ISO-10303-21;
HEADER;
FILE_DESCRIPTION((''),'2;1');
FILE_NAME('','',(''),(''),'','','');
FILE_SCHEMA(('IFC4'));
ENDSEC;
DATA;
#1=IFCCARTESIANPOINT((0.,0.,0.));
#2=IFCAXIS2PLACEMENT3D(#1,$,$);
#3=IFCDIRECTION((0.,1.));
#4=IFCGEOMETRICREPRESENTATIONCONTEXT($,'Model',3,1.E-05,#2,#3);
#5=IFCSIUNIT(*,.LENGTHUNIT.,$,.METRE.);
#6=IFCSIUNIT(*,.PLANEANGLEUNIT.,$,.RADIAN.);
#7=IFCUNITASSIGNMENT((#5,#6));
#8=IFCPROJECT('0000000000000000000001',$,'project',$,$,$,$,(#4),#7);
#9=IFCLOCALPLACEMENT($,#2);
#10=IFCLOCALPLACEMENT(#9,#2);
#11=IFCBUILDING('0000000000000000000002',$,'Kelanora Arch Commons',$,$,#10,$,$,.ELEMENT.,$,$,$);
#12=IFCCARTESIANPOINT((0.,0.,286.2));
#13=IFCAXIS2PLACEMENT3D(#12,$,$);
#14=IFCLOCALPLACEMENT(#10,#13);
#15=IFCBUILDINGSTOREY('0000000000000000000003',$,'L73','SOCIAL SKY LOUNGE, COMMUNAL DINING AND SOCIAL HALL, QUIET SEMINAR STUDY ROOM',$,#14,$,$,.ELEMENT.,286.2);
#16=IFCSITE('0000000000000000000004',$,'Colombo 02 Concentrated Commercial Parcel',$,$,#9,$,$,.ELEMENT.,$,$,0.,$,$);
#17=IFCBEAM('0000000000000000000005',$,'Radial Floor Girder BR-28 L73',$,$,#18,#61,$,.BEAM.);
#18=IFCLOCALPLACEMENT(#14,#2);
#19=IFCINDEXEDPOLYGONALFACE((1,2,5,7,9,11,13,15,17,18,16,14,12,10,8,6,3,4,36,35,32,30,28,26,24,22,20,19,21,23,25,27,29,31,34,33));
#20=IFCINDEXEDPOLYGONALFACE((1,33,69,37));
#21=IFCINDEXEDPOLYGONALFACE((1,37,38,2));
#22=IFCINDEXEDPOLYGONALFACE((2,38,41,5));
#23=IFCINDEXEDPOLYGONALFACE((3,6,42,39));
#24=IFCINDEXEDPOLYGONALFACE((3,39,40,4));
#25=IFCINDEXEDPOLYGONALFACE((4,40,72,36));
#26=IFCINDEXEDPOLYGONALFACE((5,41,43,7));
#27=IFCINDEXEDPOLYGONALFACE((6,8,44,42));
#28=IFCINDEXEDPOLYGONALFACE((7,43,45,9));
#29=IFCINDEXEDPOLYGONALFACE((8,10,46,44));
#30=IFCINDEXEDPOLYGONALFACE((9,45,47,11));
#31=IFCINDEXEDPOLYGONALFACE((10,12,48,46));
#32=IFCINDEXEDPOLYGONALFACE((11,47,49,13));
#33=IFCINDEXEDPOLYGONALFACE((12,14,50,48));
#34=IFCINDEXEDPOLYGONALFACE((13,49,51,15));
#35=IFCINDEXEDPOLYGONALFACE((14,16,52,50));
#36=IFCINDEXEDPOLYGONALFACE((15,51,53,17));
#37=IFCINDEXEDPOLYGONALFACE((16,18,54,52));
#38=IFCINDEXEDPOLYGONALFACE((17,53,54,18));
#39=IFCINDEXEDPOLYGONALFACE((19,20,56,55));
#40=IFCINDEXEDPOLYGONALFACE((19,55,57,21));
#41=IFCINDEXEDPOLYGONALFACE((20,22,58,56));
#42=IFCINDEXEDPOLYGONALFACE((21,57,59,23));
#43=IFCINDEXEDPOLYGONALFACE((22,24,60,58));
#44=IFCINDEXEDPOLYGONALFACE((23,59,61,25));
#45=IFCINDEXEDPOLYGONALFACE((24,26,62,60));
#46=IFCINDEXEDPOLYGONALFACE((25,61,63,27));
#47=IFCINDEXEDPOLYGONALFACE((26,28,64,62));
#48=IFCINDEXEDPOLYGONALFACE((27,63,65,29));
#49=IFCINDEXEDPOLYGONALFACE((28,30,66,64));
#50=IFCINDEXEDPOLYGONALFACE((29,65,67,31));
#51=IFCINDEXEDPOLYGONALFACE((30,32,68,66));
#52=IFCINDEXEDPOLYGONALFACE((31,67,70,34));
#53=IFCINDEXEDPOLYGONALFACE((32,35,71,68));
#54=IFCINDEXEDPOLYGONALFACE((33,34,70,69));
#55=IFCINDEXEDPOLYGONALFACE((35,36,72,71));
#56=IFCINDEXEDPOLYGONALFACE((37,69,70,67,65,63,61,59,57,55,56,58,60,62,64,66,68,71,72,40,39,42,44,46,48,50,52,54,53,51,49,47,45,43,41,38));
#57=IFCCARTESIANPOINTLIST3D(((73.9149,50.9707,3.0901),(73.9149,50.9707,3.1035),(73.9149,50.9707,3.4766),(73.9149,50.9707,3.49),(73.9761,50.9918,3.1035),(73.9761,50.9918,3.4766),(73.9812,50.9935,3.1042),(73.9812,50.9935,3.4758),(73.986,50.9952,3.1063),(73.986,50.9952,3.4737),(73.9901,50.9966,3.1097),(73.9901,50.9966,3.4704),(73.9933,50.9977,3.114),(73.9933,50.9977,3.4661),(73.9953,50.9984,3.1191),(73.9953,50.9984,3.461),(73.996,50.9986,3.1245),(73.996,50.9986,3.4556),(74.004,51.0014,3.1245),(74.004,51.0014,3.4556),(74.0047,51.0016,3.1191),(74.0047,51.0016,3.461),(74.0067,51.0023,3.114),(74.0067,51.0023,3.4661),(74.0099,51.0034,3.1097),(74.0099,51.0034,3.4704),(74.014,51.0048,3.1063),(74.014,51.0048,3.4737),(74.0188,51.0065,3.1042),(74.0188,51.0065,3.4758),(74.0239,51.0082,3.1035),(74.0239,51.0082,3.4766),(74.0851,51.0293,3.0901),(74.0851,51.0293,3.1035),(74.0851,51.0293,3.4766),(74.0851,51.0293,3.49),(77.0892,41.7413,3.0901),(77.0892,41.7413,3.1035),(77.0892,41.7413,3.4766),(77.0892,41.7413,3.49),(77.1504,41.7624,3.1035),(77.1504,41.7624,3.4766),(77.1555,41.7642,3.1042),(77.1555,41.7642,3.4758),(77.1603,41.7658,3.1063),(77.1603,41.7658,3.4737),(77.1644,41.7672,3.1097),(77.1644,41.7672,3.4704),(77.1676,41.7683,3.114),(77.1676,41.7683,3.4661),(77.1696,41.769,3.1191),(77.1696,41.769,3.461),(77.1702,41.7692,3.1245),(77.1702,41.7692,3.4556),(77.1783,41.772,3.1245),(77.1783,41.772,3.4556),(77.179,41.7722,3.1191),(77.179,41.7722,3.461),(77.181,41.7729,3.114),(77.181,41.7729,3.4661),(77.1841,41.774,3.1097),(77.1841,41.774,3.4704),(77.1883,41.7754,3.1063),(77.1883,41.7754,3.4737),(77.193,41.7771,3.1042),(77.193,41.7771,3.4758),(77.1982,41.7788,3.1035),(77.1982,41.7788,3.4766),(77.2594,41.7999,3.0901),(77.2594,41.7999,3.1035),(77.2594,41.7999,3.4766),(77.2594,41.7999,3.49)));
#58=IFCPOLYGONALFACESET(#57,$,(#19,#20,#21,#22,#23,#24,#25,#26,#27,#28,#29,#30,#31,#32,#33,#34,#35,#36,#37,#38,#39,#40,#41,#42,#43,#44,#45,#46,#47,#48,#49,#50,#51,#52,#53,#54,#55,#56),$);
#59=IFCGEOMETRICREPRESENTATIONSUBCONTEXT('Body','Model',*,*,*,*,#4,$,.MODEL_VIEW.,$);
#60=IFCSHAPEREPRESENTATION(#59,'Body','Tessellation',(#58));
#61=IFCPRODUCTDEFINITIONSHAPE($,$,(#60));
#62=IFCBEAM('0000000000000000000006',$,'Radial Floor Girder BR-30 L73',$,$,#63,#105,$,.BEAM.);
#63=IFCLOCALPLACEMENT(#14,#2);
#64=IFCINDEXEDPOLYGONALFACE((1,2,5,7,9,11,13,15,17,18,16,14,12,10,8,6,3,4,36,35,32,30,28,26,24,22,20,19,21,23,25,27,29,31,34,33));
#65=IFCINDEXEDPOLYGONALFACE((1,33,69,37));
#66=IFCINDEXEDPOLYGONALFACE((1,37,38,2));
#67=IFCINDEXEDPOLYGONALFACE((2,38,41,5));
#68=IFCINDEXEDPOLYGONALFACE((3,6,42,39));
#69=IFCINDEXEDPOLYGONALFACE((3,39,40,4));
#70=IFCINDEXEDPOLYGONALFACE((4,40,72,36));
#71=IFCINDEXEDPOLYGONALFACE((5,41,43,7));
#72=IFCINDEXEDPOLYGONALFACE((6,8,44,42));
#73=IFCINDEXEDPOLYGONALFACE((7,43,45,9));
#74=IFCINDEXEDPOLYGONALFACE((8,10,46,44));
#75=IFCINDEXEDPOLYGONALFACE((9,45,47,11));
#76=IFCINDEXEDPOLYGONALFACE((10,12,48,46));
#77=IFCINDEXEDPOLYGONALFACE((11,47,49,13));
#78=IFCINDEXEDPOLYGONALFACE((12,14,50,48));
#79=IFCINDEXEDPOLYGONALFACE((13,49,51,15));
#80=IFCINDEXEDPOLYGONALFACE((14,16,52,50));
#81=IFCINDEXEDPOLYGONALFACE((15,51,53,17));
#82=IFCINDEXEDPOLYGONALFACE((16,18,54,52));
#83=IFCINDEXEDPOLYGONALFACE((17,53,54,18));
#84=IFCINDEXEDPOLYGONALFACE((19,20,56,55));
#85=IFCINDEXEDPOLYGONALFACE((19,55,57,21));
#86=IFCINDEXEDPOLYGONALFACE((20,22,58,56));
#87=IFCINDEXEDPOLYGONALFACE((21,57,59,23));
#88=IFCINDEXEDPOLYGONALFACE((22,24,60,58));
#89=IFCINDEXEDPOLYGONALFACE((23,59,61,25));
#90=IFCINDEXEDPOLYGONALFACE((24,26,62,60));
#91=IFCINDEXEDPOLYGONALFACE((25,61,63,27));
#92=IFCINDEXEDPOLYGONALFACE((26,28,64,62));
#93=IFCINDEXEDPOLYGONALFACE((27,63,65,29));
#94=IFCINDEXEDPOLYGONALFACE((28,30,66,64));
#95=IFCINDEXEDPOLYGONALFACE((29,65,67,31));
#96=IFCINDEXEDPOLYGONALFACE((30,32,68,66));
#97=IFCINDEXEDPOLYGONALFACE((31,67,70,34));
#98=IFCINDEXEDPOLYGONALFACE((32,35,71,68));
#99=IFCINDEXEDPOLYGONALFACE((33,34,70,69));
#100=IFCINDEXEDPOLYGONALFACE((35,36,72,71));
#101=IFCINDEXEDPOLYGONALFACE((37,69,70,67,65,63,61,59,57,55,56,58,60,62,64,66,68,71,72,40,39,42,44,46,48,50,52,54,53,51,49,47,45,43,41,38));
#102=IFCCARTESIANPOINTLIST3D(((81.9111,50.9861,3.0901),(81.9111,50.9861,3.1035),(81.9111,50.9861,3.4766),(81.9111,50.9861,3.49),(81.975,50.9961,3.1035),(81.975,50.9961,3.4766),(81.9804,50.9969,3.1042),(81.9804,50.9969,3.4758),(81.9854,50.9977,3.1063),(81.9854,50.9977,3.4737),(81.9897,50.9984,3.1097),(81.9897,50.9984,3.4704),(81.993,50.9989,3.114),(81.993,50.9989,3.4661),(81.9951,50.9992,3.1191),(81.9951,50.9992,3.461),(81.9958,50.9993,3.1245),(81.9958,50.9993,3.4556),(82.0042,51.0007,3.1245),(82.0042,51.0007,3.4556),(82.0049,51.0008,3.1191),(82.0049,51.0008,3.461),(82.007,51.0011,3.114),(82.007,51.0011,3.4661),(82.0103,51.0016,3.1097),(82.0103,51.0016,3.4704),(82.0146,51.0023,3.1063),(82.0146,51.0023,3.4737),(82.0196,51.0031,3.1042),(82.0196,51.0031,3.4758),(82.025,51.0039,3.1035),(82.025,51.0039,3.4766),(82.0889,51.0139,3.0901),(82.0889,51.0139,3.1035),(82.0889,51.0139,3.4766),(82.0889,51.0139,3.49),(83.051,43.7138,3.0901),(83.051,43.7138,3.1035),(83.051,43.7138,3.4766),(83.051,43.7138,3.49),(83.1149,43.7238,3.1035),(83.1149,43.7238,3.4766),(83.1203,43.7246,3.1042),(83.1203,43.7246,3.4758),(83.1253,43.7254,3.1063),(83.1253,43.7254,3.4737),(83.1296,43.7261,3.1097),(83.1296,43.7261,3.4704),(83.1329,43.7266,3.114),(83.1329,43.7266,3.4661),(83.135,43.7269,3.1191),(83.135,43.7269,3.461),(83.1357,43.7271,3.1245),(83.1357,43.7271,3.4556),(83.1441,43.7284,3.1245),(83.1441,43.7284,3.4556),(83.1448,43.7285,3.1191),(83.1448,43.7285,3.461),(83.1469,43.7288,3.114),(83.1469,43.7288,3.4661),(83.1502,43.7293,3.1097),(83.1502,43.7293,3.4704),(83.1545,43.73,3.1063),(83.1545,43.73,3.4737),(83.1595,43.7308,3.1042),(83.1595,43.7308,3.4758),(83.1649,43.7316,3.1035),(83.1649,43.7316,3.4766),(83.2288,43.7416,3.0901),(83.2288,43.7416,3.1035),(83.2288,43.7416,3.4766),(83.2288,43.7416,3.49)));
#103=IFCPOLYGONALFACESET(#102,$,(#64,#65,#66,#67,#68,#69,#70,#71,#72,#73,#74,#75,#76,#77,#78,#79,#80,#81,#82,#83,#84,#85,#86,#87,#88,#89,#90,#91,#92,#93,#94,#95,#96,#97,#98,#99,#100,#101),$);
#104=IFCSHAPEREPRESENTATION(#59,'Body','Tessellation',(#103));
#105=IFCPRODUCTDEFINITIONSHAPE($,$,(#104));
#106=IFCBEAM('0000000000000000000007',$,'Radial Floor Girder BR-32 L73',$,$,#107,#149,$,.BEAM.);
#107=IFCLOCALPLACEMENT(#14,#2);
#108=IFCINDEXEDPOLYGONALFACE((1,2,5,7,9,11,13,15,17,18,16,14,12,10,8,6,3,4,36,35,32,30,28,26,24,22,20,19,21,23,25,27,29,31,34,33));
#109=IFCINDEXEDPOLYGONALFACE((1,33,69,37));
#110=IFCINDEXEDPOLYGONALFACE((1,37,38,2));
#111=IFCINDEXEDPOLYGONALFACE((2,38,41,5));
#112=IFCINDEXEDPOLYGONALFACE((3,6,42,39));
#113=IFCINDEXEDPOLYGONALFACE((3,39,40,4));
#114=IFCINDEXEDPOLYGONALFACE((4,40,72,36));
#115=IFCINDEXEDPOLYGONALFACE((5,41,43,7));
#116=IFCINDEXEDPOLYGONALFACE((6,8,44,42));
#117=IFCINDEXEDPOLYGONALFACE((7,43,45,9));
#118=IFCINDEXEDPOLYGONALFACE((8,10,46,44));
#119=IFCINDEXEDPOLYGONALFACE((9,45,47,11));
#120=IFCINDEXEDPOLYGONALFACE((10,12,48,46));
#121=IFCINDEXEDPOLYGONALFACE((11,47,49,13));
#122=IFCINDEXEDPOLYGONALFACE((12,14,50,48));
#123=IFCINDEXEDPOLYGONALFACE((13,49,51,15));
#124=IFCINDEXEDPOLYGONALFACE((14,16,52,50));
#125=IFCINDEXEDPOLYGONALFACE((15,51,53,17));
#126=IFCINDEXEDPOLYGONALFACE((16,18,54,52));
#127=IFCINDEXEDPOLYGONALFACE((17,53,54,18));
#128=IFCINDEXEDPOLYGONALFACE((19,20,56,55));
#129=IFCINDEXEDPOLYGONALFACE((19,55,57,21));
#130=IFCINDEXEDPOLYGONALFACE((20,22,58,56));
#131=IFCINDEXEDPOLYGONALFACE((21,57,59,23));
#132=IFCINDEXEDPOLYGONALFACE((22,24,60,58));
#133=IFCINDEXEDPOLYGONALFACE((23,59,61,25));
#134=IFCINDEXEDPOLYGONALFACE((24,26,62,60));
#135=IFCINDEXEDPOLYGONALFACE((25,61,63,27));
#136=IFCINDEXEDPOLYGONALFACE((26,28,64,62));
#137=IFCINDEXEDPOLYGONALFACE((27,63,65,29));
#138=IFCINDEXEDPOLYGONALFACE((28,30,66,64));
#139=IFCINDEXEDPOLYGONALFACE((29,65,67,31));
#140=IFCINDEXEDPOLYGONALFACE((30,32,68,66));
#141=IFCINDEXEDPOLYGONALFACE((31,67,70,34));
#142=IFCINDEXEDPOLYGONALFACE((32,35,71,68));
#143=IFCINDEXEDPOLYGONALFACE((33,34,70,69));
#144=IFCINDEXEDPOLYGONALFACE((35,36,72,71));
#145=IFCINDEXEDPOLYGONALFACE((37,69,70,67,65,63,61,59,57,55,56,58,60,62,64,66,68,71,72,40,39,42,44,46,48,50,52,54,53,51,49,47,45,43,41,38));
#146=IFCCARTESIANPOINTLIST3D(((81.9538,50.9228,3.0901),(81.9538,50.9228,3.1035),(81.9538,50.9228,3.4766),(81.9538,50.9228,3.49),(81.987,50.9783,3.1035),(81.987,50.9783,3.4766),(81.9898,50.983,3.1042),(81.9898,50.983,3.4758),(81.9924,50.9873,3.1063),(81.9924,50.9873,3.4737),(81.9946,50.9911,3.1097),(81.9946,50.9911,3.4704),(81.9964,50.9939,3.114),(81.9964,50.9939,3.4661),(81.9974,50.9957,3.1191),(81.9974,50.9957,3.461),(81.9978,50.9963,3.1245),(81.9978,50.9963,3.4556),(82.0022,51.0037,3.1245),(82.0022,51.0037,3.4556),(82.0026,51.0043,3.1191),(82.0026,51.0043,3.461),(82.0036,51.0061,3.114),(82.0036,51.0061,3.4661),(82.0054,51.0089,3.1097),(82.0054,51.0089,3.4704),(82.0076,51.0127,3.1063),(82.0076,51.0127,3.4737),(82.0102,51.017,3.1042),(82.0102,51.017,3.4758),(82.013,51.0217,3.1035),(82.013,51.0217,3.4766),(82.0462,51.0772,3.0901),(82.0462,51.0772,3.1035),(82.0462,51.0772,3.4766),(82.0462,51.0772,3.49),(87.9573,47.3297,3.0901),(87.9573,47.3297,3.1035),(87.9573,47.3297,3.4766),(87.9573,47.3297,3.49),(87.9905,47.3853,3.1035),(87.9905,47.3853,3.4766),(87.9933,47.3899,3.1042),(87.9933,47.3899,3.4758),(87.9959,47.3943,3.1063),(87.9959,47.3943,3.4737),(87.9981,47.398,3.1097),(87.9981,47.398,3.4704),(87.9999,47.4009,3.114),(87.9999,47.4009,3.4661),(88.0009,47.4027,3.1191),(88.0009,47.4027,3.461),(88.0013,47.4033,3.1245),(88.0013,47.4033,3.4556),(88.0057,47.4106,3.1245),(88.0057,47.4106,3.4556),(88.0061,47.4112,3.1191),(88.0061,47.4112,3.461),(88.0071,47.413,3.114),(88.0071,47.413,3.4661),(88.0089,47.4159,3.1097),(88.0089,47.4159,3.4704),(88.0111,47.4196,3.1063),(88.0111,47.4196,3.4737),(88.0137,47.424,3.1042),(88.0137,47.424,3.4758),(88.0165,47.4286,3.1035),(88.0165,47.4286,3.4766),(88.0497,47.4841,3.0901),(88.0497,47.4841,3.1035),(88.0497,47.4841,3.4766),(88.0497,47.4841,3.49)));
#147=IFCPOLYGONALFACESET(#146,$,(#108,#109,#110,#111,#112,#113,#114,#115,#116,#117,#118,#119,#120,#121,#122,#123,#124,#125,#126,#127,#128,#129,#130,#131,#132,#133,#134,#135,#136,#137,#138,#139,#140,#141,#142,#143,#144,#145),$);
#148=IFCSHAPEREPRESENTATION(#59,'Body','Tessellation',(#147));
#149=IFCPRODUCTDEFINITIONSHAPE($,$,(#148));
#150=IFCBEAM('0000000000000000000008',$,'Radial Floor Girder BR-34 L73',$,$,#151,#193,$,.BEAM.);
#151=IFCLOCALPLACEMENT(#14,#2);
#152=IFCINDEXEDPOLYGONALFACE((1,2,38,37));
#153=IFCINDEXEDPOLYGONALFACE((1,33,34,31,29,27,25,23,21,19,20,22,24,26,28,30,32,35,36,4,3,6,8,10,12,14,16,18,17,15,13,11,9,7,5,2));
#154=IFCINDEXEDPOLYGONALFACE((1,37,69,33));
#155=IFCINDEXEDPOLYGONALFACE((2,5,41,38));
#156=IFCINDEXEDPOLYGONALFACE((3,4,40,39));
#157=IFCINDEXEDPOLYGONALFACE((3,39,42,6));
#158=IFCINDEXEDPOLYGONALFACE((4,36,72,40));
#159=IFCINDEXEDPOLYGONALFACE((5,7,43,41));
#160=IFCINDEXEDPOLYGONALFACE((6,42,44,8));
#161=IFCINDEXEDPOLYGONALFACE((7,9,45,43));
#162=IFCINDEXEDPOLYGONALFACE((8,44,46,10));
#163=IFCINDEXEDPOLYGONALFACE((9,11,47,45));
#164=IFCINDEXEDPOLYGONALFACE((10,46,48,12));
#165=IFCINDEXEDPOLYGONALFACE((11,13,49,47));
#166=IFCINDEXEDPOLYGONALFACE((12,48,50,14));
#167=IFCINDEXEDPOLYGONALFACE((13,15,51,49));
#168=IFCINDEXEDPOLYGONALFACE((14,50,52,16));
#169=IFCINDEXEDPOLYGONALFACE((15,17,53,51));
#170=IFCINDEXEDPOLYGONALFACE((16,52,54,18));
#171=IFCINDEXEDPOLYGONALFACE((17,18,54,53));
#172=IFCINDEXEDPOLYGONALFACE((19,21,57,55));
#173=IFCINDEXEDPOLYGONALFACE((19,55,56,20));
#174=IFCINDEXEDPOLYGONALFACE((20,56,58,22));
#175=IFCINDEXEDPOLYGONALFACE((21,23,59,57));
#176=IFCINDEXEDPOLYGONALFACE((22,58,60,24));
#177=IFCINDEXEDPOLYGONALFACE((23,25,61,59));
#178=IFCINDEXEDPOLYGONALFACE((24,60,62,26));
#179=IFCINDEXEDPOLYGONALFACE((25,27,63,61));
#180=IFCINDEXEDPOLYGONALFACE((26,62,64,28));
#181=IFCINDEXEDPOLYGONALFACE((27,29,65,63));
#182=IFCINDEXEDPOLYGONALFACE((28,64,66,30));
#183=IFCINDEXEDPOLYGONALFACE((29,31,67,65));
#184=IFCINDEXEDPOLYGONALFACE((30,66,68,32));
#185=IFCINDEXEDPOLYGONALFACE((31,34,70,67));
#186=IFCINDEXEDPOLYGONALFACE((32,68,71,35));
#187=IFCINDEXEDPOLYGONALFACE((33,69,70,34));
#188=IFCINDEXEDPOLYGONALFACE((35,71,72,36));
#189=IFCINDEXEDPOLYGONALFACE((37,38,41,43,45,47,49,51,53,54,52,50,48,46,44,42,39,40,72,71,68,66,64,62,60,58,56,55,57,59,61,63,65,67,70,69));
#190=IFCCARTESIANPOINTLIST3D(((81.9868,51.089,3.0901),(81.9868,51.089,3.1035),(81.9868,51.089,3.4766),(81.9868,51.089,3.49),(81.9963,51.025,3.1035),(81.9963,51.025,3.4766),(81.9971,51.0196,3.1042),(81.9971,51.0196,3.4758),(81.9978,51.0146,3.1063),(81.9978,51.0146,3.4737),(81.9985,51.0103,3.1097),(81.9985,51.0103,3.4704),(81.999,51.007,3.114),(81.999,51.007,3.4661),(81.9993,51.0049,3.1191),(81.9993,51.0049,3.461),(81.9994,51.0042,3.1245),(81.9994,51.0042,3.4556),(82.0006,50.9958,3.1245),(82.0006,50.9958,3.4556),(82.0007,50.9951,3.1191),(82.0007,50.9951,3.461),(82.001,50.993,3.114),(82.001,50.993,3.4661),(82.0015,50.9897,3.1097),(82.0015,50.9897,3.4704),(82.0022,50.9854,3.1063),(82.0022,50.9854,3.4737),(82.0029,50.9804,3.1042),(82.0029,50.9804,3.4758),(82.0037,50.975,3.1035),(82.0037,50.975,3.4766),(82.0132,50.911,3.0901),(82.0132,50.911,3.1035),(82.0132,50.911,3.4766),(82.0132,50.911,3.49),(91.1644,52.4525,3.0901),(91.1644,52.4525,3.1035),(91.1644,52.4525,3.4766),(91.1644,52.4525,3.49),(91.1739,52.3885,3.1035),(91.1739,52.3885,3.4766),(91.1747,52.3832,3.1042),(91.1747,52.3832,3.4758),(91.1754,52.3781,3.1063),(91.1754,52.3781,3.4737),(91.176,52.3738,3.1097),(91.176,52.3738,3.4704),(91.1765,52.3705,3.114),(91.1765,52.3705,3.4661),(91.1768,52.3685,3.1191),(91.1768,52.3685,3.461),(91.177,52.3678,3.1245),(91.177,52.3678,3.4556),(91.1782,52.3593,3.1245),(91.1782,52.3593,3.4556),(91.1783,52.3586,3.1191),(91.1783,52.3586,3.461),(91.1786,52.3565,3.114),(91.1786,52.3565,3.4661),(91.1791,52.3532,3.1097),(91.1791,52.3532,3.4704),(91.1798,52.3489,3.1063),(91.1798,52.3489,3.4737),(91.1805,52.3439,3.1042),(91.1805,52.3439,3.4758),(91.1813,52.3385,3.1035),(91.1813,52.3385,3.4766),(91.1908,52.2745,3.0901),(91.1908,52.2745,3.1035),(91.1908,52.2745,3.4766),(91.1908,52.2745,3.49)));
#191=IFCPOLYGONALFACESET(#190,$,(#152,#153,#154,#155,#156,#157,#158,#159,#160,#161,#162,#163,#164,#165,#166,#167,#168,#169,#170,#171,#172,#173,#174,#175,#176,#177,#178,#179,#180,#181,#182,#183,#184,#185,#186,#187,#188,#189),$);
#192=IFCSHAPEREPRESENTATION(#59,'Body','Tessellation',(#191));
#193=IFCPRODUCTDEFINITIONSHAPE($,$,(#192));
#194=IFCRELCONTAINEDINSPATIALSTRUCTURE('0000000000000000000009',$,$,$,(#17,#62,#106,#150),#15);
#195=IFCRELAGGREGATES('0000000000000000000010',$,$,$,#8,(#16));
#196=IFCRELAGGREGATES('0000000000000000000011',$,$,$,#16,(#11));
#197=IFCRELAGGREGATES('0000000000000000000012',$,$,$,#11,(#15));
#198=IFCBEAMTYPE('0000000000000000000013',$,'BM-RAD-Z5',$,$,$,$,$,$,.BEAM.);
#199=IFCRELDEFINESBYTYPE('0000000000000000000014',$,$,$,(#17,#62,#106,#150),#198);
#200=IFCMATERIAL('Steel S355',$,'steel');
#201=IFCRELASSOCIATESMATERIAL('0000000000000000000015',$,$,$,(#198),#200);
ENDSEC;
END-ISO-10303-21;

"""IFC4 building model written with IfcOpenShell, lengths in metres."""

from ifc_helpers import new_model, si_unit, direction, frame, origin, origin_2d, place, context, subcontext, project, spatial, i_section, extrude, material, material_profile, profile_set, type_object, element, save


model = new_model("IFC4")

# Units and contexts
model_context = context("Model", 3, precision=1e-05, world=origin(), true_north=direction((0.0, 1.0)))
body_context = subcontext(model_context, "Body", "Model", "MODEL_VIEW")
ifc_project = project(units=[si_unit("LENGTHUNIT", "METRE"), si_unit("PLANEANGLEUNIT", "RADIAN")], contexts=[model_context])

# Site, building, storey
site_placement = place(None, origin())
site = spatial("IfcSite", under=ifc_project, at=site_placement, Name="Colombo 02 Concentrated Commercial Parcel", CompositionType="ELEMENT", RefElevation=0.0)
building_placement = place(site_placement, origin())
building = spatial("IfcBuilding", under=site, at=building_placement, Name="Kelanora Arch Commons", CompositionType="ELEMENT")
storey_placement = place(building_placement, frame((0.0, 0.0, 286.2)))
storey = spatial("IfcBuildingStorey", under=building, at=storey_placement, Name="L73", Description="SOCIAL SKY LOUNGE, COMMUNAL DINING AND SOCIAL HALL, QUIET SEMINAR STUDY ROOM", CompositionType="ELEMENT", Elevation=286.2)

# Beams
ifc_material_1 = material(Name="Steel S355", Category="steel")
ifc_material_profile_1 = material_profile(ifc_material_1, i_section(OverallWidth=0.1799, OverallDepth=0.3999, WebThickness=0.0085, FlangeThickness=0.0134, FilletRadius=0.021, at=origin_2d()), Name="IPE400")
ifc_profile_set_1 = profile_set([ifc_material_profile_1], Name="Steel S355")
beam_type_1 = type_object("IfcBeamType", Name="BM-RAD-Z5", PredefinedType="BEAM", material=ifc_profile_set_1)
for number, where, z_axis, x_axis, name in (
    (1, (74.0, 51.0, 3.29), (0.325234, -0.945634, 0.0), (0.945634, 0.325234, 0.0), "Radial Floor Girder BR-28 L73"),
):
    element("IfcBeam", number, at=place(storey_placement, frame(where, z_axis=z_axis, x_axis=x_axis)), inside=storey, type_object=beam_type_1, Name=name, PredefinedType="BEAM", context=body_context, shape_type="SweptSolid", body=[
        extrude(i_section(OverallWidth=0.1799, OverallDepth=0.3999, WebThickness=0.0085, FlangeThickness=0.0134, FilletRadius=0.021, at=origin_2d()), origin(), (0.0, 0.0, 1.0), 9.76),
    ])
beam_1_placement = place(storey_placement, frame((82.0, 51.0, 3.29), z_axis=(0.154855, -0.987937, 0.0), x_axis=(0.987937, 0.154855, 0.0)))
element("IfcBeam", 2, at=beam_1_placement, inside=storey, type_object=beam_type_1, Name="Radial Floor Girder BR-30 L73", PredefinedType="BEAM", context=body_context, shape_type="SweptSolid", body=[
    extrude(i_section(OverallWidth=0.1799, OverallDepth=0.3999, WebThickness=0.0085, FlangeThickness=0.0134, FilletRadius=0.021, at=origin_2d()), origin(), (0.0, 0.0, 1.0), 7.3611),
])
beam_2_placement = place(storey_placement, frame((82.0, 51.0, 3.29), z_axis=(0.858062, -0.513546, 0.0), x_axis=(0.513546, 0.858062, 0.0)))
element("IfcBeam", 3, at=beam_2_placement, inside=storey, type_object=beam_type_1, Name="Radial Floor Girder BR-32 L73", PredefinedType="BEAM", context=body_context, shape_type="SweptSolid", body=[
    extrude(i_section(OverallWidth=0.1799, OverallDepth=0.3999, WebThickness=0.0085, FlangeThickness=0.0134, FilletRadius=0.021, at=origin_2d()), origin(), (0.0, 0.0, 1.0), 6.9966),
])
beam_3_placement = place(storey_placement, frame((82.0, 51.0, 3.29), z_axis=(0.989142, 0.14696, 0.0), x_axis=(-0.14696, 0.989142, 0.0)))
element("IfcBeam", 4, at=beam_3_placement, inside=storey, type_object=beam_type_1, Name="Radial Floor Girder BR-34 L73", PredefinedType="BEAM", context=body_context, shape_type="SweptSolid", body=[
    extrude(i_section(OverallWidth=0.1799, OverallDepth=0.3999, WebThickness=0.0085, FlangeThickness=0.0134, FilletRadius=0.021, at=origin_2d()), origin(), (0.0, 0.0, 1.0), 9.2783),
])

save(model, "model.ifc")
